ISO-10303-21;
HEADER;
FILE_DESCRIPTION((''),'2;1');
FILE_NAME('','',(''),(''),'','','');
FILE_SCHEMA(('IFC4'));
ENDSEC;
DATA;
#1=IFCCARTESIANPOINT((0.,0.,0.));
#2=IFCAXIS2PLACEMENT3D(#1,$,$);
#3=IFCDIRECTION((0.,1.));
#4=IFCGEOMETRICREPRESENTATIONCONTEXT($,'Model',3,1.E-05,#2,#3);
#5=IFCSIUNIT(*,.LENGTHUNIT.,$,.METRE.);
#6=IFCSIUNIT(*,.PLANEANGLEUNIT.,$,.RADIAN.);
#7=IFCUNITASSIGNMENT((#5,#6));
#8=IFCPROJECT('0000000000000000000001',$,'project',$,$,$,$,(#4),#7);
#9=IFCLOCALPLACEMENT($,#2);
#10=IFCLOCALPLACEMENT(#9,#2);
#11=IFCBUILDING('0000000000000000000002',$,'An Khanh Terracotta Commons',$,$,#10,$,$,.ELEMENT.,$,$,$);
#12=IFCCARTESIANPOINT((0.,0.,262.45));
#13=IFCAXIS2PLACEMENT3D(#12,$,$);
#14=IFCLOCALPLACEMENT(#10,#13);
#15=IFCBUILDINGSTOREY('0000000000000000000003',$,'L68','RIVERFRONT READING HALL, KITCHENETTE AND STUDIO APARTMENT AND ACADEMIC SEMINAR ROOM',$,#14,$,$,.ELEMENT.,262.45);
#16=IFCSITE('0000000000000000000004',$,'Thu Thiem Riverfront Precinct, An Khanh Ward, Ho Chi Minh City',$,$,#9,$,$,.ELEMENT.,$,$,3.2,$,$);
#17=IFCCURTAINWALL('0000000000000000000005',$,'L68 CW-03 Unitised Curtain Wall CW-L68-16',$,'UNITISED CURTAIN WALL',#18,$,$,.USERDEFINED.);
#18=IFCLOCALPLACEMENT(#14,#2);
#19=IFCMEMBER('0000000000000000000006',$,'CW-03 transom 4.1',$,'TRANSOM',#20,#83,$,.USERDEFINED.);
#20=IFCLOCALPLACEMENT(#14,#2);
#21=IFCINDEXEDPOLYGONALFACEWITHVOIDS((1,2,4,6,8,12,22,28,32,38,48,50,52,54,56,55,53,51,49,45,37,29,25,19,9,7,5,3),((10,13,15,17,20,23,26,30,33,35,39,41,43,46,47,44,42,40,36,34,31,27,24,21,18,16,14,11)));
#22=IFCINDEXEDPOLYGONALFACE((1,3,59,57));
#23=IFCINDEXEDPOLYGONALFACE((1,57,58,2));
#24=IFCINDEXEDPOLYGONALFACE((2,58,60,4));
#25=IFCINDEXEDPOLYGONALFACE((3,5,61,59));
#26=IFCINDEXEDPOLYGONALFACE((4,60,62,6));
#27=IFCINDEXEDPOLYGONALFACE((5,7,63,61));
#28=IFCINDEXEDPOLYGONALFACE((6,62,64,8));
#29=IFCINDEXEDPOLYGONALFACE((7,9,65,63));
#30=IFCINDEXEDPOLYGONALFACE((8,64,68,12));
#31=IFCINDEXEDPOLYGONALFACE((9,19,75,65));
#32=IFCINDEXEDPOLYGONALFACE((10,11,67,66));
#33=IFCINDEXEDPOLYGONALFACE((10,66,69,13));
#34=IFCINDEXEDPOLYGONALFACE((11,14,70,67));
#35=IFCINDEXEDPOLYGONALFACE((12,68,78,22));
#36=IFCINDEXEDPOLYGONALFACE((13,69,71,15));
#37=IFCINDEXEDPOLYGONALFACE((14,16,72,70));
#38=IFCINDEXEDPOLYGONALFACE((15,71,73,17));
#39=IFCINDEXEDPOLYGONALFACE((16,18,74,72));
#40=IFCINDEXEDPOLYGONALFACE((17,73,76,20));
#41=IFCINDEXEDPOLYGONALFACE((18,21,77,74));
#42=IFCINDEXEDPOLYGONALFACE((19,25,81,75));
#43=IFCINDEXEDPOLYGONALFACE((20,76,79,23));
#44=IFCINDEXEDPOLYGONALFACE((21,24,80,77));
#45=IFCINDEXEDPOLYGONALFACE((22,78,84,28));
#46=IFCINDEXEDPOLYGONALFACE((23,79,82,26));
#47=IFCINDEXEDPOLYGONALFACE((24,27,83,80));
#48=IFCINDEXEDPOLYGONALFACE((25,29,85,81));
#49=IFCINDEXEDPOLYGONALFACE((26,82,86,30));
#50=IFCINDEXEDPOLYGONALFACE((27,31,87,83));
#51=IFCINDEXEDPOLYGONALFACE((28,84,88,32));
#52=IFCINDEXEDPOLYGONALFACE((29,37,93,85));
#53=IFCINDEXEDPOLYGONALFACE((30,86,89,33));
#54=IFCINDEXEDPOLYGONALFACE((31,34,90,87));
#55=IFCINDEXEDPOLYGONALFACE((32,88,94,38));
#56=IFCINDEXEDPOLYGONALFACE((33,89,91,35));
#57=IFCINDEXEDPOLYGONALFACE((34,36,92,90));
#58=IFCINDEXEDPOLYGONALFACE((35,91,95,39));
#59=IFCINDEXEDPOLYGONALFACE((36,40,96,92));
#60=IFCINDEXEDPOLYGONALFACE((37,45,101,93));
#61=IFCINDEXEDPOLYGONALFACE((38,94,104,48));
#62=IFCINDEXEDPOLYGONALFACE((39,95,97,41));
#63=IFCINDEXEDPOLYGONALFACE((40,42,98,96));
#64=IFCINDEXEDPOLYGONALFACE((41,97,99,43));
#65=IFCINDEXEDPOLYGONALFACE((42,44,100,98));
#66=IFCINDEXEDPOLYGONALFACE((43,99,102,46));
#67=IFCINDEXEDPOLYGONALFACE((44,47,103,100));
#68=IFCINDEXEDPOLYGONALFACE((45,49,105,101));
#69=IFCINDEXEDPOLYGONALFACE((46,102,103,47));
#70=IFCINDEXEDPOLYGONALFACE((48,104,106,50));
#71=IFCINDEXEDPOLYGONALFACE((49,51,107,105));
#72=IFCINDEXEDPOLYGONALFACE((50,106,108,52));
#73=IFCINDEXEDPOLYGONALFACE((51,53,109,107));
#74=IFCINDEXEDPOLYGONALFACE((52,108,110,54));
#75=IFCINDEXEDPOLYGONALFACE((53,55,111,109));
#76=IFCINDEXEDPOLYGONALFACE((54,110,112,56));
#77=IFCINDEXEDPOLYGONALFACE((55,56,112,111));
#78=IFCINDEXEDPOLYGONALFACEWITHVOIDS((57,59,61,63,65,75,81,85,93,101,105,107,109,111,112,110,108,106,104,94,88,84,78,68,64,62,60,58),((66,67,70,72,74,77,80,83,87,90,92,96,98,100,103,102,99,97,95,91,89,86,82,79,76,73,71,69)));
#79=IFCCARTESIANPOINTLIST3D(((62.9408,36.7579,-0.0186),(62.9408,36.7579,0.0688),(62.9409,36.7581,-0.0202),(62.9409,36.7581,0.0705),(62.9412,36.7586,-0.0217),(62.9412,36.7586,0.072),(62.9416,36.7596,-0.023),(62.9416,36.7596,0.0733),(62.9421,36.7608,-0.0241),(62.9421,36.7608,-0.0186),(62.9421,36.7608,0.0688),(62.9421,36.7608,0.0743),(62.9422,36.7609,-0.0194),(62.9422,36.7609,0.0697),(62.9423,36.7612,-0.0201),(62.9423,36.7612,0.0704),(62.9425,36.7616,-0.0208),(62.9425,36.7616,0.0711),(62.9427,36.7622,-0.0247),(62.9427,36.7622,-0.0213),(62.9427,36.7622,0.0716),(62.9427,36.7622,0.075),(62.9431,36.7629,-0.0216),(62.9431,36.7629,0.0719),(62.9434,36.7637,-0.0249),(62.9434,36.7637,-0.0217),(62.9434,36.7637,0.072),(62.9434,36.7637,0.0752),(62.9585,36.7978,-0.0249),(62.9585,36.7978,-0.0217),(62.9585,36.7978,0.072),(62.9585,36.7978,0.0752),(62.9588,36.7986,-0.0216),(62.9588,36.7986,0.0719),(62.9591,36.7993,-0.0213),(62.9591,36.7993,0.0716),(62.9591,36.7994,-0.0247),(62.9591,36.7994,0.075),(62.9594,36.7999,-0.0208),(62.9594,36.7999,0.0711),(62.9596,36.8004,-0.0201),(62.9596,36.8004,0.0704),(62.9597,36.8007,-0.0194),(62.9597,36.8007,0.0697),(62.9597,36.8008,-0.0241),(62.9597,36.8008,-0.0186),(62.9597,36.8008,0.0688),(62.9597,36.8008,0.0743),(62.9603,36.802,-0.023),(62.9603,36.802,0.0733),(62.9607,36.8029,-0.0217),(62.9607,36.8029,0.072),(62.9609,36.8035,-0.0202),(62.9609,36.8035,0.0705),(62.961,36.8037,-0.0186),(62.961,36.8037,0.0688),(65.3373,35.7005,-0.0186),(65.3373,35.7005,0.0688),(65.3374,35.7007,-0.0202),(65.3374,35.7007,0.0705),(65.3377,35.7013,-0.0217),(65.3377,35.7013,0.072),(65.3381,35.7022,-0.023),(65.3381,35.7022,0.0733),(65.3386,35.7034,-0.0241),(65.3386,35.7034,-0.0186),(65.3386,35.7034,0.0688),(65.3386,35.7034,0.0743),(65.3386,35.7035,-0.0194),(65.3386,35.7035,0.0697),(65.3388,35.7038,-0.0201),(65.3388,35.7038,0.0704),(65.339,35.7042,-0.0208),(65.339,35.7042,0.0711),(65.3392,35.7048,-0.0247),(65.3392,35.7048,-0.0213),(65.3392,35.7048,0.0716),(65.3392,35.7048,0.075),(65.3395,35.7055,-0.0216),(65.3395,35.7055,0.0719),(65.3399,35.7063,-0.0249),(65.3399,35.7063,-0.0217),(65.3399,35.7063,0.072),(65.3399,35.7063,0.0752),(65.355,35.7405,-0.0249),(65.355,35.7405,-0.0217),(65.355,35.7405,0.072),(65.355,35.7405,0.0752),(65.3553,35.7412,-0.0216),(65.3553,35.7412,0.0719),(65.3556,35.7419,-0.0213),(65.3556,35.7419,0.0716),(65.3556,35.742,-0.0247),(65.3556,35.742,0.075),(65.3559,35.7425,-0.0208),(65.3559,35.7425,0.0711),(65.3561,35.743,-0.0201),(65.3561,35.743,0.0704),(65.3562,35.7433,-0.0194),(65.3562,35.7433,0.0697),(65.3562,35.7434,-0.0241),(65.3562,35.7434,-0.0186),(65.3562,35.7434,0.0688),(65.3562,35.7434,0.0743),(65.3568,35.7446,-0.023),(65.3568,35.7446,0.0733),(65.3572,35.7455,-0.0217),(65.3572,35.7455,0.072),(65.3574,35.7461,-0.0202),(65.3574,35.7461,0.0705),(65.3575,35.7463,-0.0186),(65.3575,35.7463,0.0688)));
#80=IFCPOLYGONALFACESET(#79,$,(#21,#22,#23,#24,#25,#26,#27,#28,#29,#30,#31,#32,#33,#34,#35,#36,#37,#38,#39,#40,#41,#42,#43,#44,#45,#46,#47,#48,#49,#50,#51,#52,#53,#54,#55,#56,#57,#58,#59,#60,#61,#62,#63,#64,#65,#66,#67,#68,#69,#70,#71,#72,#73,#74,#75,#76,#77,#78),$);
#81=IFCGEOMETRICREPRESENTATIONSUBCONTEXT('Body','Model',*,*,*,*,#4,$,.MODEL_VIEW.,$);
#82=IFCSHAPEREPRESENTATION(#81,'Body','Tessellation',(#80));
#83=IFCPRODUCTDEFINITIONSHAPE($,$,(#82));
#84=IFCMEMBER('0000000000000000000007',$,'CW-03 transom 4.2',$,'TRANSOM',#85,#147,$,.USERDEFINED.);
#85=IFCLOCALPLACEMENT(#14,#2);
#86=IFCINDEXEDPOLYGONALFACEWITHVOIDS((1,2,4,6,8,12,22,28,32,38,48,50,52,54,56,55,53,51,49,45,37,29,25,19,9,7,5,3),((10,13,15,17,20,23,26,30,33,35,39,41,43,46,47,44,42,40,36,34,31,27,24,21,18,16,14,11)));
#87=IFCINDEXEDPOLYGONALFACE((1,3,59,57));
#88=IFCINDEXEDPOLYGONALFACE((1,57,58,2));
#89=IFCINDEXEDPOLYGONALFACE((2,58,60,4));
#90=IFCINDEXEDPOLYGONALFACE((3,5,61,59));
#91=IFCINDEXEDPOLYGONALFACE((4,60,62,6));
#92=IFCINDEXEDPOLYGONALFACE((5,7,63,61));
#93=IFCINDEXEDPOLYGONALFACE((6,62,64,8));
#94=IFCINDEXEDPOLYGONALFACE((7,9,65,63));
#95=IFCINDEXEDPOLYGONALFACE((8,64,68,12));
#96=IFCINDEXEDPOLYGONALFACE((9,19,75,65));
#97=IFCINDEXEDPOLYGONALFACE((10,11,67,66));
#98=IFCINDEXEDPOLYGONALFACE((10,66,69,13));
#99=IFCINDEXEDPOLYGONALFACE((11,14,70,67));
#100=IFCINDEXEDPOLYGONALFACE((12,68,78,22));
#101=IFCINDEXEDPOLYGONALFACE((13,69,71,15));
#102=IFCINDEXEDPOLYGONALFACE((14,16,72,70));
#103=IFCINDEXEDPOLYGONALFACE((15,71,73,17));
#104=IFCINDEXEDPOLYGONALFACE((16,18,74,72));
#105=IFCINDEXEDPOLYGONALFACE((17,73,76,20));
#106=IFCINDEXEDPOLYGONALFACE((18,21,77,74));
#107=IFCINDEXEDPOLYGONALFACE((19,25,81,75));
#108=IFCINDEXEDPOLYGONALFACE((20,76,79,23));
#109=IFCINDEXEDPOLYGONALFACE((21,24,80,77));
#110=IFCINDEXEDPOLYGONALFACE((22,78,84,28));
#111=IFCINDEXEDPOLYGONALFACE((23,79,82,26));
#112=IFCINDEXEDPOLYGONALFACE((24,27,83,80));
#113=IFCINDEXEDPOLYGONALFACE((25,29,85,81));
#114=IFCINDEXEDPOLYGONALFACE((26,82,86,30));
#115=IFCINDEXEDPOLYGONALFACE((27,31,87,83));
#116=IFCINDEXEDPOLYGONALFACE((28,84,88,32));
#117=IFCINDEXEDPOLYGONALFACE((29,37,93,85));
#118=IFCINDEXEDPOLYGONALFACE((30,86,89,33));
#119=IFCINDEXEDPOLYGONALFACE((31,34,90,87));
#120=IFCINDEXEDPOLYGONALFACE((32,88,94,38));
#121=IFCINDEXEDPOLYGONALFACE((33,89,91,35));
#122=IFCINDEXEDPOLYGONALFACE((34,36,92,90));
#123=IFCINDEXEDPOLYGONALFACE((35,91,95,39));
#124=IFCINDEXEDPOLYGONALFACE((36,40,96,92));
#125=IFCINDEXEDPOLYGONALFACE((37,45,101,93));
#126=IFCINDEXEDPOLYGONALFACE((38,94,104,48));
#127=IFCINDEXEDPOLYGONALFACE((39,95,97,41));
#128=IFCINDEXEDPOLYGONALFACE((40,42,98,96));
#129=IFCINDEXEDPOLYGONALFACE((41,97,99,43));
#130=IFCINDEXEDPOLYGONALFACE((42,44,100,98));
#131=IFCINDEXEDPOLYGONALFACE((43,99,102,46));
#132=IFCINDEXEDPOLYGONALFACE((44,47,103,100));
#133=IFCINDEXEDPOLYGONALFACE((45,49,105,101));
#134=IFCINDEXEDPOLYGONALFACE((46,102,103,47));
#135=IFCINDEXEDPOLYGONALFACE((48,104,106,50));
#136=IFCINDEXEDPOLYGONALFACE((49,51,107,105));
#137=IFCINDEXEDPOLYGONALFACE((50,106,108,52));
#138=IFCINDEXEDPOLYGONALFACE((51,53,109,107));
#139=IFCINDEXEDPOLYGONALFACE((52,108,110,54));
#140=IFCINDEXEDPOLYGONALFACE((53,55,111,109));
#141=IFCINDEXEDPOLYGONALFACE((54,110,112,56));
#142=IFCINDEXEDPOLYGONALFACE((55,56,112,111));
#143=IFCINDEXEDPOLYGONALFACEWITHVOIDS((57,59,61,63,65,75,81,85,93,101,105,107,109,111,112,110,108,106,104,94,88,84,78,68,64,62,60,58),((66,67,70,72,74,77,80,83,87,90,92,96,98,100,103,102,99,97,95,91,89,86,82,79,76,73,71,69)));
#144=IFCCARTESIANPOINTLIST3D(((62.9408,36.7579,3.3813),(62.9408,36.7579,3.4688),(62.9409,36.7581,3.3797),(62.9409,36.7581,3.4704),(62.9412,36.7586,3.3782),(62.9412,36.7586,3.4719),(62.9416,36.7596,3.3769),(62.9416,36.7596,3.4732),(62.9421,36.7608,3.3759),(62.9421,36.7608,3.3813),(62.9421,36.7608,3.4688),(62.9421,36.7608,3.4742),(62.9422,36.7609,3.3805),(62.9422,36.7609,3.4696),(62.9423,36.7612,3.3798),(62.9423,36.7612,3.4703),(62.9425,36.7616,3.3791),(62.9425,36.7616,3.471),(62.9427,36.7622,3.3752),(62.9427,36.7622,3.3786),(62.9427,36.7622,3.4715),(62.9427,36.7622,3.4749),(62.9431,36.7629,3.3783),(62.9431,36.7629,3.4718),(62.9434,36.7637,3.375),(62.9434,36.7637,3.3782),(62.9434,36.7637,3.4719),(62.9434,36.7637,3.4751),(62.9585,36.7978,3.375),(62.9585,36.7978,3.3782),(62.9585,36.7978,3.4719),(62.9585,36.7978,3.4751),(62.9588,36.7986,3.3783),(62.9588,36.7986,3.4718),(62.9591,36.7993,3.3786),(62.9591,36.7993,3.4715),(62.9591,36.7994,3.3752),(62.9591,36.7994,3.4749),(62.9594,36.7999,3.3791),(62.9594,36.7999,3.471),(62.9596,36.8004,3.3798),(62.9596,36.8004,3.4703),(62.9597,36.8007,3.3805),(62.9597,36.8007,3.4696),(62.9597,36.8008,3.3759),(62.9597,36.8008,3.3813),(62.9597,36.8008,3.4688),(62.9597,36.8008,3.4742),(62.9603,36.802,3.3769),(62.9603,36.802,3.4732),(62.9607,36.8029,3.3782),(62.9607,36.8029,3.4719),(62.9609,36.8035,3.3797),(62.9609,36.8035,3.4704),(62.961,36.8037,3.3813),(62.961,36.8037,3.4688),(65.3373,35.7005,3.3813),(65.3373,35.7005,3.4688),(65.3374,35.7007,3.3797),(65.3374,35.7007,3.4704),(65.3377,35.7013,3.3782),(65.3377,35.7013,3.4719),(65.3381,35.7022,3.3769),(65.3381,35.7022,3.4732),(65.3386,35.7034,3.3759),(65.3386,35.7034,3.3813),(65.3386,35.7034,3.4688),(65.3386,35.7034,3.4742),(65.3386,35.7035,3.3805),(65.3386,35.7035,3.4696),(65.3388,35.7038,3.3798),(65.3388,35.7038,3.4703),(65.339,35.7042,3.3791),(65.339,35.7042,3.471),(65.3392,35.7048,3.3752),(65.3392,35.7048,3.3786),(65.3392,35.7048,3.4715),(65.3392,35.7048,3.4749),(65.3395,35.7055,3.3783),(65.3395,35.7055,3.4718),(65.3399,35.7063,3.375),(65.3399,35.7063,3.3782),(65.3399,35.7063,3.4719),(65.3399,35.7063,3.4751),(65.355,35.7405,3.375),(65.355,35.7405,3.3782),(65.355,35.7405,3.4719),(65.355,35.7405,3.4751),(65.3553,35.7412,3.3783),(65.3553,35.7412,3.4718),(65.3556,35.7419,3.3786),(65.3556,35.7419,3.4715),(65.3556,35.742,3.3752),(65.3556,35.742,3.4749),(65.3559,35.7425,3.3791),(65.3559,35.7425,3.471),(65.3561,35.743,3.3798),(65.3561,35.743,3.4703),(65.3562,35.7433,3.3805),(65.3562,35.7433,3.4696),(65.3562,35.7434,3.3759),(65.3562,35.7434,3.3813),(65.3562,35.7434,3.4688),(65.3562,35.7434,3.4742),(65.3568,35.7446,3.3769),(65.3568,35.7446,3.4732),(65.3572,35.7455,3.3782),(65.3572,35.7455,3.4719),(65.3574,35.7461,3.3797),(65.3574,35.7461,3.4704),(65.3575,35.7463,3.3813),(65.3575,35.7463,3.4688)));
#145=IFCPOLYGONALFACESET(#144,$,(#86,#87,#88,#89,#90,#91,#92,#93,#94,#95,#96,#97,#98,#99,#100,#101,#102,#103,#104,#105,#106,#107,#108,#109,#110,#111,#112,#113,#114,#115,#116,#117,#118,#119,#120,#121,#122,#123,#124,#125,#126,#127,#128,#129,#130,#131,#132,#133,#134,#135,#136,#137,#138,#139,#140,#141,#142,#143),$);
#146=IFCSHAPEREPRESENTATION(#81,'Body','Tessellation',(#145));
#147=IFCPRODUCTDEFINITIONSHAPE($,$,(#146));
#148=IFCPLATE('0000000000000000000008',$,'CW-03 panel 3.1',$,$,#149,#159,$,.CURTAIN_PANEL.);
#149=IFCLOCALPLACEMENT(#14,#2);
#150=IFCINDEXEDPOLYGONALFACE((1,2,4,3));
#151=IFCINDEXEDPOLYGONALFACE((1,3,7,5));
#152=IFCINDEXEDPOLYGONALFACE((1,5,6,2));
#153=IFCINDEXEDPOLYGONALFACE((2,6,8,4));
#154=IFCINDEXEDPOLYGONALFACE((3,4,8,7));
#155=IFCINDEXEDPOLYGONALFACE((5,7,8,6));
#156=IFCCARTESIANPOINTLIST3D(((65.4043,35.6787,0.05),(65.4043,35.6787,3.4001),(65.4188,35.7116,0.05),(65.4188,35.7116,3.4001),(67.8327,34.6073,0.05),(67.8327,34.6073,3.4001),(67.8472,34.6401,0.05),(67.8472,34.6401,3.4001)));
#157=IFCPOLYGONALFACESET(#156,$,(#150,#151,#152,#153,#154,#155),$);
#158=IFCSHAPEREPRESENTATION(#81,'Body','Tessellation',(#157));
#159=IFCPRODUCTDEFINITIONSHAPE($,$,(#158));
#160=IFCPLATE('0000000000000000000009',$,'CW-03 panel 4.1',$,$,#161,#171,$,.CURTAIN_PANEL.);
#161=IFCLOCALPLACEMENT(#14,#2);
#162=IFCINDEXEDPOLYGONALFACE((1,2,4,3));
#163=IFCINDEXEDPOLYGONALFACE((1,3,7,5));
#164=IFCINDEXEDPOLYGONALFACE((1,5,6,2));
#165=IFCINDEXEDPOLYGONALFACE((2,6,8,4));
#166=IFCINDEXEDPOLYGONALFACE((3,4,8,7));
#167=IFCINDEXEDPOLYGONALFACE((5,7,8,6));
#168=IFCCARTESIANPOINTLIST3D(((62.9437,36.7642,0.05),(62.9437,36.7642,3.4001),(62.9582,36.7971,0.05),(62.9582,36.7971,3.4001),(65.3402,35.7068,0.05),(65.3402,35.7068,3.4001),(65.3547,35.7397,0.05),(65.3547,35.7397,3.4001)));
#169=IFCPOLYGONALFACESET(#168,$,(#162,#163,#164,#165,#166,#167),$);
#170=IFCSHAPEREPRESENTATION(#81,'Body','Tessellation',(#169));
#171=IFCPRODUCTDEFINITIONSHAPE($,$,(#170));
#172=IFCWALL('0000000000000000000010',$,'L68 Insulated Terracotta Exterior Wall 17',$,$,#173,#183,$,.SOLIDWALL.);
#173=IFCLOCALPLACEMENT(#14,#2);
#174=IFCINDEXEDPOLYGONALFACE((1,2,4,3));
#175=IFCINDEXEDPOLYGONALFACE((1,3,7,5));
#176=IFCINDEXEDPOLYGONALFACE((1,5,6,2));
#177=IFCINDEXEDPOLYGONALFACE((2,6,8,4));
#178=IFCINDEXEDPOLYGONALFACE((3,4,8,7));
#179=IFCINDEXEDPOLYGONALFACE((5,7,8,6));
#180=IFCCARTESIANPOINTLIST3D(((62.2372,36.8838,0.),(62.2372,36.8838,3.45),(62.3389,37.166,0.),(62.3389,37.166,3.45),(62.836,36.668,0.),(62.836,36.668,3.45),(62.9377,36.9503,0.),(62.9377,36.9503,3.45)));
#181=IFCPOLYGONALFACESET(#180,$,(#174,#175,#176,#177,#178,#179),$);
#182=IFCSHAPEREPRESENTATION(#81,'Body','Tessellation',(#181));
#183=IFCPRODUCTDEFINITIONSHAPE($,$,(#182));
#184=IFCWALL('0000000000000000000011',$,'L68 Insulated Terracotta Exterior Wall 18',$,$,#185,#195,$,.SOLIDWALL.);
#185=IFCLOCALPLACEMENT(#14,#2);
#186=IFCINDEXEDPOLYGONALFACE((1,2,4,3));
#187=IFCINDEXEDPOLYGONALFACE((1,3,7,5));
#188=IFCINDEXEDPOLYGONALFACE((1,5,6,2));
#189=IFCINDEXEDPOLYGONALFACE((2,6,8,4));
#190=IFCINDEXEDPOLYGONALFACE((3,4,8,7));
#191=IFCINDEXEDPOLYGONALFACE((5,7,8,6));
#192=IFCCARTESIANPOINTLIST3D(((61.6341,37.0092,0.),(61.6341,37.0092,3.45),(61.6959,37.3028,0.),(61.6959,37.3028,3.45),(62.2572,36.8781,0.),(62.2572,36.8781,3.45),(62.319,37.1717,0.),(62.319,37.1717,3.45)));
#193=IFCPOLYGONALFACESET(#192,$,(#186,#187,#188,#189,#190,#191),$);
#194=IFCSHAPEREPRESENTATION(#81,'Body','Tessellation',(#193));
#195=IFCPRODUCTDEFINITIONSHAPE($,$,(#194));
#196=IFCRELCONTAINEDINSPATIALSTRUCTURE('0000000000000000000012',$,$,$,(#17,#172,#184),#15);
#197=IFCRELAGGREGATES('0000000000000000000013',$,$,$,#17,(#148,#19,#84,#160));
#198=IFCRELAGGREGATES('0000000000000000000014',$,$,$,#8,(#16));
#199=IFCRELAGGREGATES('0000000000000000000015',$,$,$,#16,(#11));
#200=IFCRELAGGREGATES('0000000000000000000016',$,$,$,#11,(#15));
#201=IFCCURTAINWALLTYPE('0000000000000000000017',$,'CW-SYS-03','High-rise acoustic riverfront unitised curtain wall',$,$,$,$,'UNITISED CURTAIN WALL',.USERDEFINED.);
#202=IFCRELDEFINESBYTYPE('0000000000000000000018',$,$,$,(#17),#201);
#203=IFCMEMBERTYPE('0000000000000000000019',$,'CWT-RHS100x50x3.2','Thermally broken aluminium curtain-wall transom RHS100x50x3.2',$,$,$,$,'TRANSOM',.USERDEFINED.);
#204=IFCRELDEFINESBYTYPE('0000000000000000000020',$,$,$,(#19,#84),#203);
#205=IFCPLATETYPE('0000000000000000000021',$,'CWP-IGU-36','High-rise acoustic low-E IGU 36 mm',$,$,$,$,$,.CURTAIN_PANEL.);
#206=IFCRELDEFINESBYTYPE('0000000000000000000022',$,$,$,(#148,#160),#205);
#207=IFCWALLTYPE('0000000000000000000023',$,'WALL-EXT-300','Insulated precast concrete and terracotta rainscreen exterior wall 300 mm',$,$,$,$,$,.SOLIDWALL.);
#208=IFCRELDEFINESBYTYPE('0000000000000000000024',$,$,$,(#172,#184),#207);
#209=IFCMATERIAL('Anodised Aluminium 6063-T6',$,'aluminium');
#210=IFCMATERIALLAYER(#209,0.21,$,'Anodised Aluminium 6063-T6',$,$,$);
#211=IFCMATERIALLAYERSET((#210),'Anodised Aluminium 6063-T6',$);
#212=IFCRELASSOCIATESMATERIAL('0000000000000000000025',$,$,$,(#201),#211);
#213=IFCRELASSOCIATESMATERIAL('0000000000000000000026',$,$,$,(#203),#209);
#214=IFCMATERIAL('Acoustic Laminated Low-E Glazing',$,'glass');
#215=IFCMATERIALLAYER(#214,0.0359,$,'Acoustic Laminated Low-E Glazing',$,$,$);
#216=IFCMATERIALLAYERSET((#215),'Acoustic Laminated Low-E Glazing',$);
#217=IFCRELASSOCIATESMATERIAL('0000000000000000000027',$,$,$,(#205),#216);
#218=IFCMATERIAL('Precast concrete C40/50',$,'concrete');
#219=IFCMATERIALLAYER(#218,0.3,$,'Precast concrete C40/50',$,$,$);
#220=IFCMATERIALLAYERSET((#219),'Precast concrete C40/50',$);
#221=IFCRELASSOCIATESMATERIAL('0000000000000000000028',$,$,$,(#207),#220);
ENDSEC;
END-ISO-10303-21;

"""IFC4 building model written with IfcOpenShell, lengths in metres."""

from ifc_helpers import new_model, si_unit, direction, frame, frame_2d, origin, origin_2d, place, context, subcontext, project, spatial, rectangle, hollow_rectangle, extrude, material, layer, layer_set, material_profile, profile_set, type_object, element, aggregate, save


model = new_model("IFC4")

# Units and contexts
model_context = context("Model", 3, precision=1e-05, world=origin(), true_north=direction((0.0, 1.0)))
body_context = subcontext(model_context, "Body", "Model", "MODEL_VIEW")
ifc_project = project(units=[si_unit("LENGTHUNIT", "METRE"), si_unit("PLANEANGLEUNIT", "RADIAN")], contexts=[model_context])

# Site, building, storey
site_placement = place(None, origin())
site = spatial("IfcSite", under=ifc_project, at=site_placement, Name="Thu Thiem Riverfront Precinct, An Khanh Ward, Ho Chi Minh City", CompositionType="ELEMENT", RefElevation=3.2)
building_placement = place(site_placement, origin())
building = spatial("IfcBuilding", under=site, at=building_placement, Name="An Khanh Terracotta Commons", CompositionType="ELEMENT")
storey_placement = place(building_placement, frame((0.0, 0.0, 262.45)))
storey = spatial("IfcBuildingStorey", under=building, at=storey_placement, Name="L68", Description="RIVERFRONT READING HALL, KITCHENETTE AND STUDIO APARTMENT AND ACADEMIC SEMINAR ROOM", CompositionType="ELEMENT", Elevation=262.45)

# Curtain wall, members, plates
ifc_material_1 = material(Name="Anodised Aluminium 6063-T6", Category="aluminium")
ifc_layer_1 = layer(ifc_material_1, 0.21, Name="Anodised Aluminium 6063-T6")
ifc_layer_set_1 = layer_set([ifc_layer_1], Name="Anodised Aluminium 6063-T6")
curtain_wall_type = type_object("IfcCurtainWallType", Name="CW-SYS-03", Description="High-rise acoustic riverfront unitised curtain wall", ElementType="UNITISED CURTAIN WALL", PredefinedType="USERDEFINED", material=ifc_layer_set_1)
curtain_wall_placement = place(storey_placement, origin())
curtain_wall = element("IfcCurtainWall", 1, at=curtain_wall_placement, inside=storey, type_object=curtain_wall_type, Name="L68 CW-03 Unitised Curtain Wall CW-L68-16", ObjectType="UNITISED CURTAIN WALL", PredefinedType="USERDEFINED")
ifc_material_profile_1 = material_profile(ifc_material_1, hollow_rectangle(XDim=0.05, YDim=0.1001, WallThickness=0.0032, InnerFilletRadius=0.0032, OuterFilletRadius=0.0063, at=origin_2d()), Name="RHS100x50x3.2")
ifc_profile_set_1 = profile_set([ifc_material_profile_1], Name="Anodised Aluminium 6063-T6")
member_type_1 = type_object("IfcMemberType", Name="CWT-RHS100x50x3.2", Description="Thermally broken aluminium curtain-wall transom RHS100x50x3.2", ElementType="TRANSOM", PredefinedType="USERDEFINED", material=ifc_profile_set_1)
member_1_placement = place(storey_placement, frame((65.3474, 35.7234, 0.0251), z_axis=(-0.914904, 0.403672, 0.0), x_axis=(-0.403672, -0.914904, 0.0)))
member_1 = element("IfcMember", 2, at=member_1_placement, type_object=member_type_1, Name="CW-03 transom 4.1", ObjectType="TRANSOM", PredefinedType="USERDEFINED", context=body_context, shape_type="SweptSolid", body=[
    extrude(hollow_rectangle(XDim=0.05, YDim=0.1001, WallThickness=0.0032, InnerFilletRadius=0.0032, OuterFilletRadius=0.0063, at=origin_2d()), origin(), (0.0, 0.0, 1.0), 2.6194),
])
member_2_placement = place(storey_placement, frame((65.3474, 35.7234, 3.425), z_axis=(-0.914904, 0.403672, 0.0), x_axis=(-0.403672, -0.914904, 0.0)))
member_2 = element("IfcMember", 3, at=member_2_placement, type_object=member_type_1, Name="CW-03 transom 4.2", ObjectType="TRANSOM", PredefinedType="USERDEFINED", context=body_context, shape_type="SweptSolid", body=[
    extrude(hollow_rectangle(XDim=0.05, YDim=0.1001, WallThickness=0.0032, InnerFilletRadius=0.0032, OuterFilletRadius=0.0063, at=origin_2d()), origin(), (0.0, 0.0, 1.0), 2.6194),
])
ifc_material_2 = material(Name="Acoustic Laminated Low-E Glazing", Category="glass")
ifc_layer_2 = layer(ifc_material_2, 0.0359, Name="Acoustic Laminated Low-E Glazing")
ifc_layer_set_2 = layer_set([ifc_layer_2], Name="Acoustic Laminated Low-E Glazing")
plate_type = type_object("IfcPlateType", Name="CWP-IGU-36", Description="High-rise acoustic low-E IGU 36 mm", PredefinedType="CURTAIN_PANEL", material=ifc_layer_set_2)
plate_1_placement = place(storey_placement, frame((66.6257, 35.1594, 0.05), z_axis=(0.0, 0.0, 1.0), x_axis=(-0.914902, 0.403676, 0.0)))
plate_1 = element("IfcPlate", 4, at=plate_1_placement, type_object=plate_type, Name="CW-03 panel 3.1", PredefinedType="CURTAIN_PANEL", context=body_context, shape_type="SweptSolid", body=[
    extrude(rectangle(XDim=2.6543, YDim=0.0359, at=origin_2d()), origin(), (0.0, 0.0, 1.0), 3.3501),
])
plate_2_placement = place(storey_placement, frame((64.1492, 36.252, 0.05), z_axis=(0.0, 0.0, 1.0), x_axis=(-0.914902, 0.403676, 0.0)))
plate_2 = element("IfcPlate", 5, at=plate_2_placement, type_object=plate_type, Name="CW-03 panel 4.1", PredefinedType="CURTAIN_PANEL", context=body_context, shape_type="SweptSolid", body=[
    extrude(rectangle(XDim=2.6194, YDim=0.0359, at=origin_2d()), origin(), (0.0, 0.0, 1.0), 3.3501),
])
aggregate(curtain_wall, [plate_1, member_1, member_2, plate_2])

# Walls
ifc_material_3 = material(Name="Precast concrete C40/50", Category="concrete")
ifc_layer_3 = layer(ifc_material_3, 0.3, Name="Precast concrete C40/50")
ifc_layer_set_3 = layer_set([ifc_layer_3], Name="Precast concrete C40/50")
wall_type_1 = type_object("IfcWallType", Name="WALL-EXT-300", Description="Insulated precast concrete and terracotta rainscreen exterior wall 300 mm", PredefinedType="SOLIDWALL", material=ifc_layer_set_3)
wall_1_placement = place(storey_placement, frame((62.887, 36.8091, 0.0), z_axis=(0.0, 0.0, 1.0), x_axis=(-0.940775, 0.339032, 0.0)))
element("IfcWall", 6, at=wall_1_placement, inside=storey, type_object=wall_type_1, Name="L68 Insulated Terracotta Exterior Wall 17", PredefinedType="SOLIDWALL", context=body_context, shape_type="SweptSolid", body=[
    extrude(rectangle(XDim=0.6365, YDim=0.3, at=frame_2d((0.3184, 0.0))), origin(), (0.0, 0.0, 1.0), 3.45),
])
wall_2_placement = place(storey_placement, frame((62.2881, 37.0249, 0.0), z_axis=(0.0, 0.0, 1.0), x_axis=(-0.97857, 0.205914, 0.0)))
element("IfcWall", 7, at=wall_2_placement, inside=storey, type_object=wall_type_1, Name="L68 Insulated Terracotta Exterior Wall 18", PredefinedType="SOLIDWALL", context=body_context, shape_type="SweptSolid", body=[
    extrude(rectangle(XDim=0.6367, YDim=0.3, at=frame_2d((0.3184, 0.0))), origin(), (0.0, 0.0, 1.0), 3.45),
])

save(model, "model.ifc")
